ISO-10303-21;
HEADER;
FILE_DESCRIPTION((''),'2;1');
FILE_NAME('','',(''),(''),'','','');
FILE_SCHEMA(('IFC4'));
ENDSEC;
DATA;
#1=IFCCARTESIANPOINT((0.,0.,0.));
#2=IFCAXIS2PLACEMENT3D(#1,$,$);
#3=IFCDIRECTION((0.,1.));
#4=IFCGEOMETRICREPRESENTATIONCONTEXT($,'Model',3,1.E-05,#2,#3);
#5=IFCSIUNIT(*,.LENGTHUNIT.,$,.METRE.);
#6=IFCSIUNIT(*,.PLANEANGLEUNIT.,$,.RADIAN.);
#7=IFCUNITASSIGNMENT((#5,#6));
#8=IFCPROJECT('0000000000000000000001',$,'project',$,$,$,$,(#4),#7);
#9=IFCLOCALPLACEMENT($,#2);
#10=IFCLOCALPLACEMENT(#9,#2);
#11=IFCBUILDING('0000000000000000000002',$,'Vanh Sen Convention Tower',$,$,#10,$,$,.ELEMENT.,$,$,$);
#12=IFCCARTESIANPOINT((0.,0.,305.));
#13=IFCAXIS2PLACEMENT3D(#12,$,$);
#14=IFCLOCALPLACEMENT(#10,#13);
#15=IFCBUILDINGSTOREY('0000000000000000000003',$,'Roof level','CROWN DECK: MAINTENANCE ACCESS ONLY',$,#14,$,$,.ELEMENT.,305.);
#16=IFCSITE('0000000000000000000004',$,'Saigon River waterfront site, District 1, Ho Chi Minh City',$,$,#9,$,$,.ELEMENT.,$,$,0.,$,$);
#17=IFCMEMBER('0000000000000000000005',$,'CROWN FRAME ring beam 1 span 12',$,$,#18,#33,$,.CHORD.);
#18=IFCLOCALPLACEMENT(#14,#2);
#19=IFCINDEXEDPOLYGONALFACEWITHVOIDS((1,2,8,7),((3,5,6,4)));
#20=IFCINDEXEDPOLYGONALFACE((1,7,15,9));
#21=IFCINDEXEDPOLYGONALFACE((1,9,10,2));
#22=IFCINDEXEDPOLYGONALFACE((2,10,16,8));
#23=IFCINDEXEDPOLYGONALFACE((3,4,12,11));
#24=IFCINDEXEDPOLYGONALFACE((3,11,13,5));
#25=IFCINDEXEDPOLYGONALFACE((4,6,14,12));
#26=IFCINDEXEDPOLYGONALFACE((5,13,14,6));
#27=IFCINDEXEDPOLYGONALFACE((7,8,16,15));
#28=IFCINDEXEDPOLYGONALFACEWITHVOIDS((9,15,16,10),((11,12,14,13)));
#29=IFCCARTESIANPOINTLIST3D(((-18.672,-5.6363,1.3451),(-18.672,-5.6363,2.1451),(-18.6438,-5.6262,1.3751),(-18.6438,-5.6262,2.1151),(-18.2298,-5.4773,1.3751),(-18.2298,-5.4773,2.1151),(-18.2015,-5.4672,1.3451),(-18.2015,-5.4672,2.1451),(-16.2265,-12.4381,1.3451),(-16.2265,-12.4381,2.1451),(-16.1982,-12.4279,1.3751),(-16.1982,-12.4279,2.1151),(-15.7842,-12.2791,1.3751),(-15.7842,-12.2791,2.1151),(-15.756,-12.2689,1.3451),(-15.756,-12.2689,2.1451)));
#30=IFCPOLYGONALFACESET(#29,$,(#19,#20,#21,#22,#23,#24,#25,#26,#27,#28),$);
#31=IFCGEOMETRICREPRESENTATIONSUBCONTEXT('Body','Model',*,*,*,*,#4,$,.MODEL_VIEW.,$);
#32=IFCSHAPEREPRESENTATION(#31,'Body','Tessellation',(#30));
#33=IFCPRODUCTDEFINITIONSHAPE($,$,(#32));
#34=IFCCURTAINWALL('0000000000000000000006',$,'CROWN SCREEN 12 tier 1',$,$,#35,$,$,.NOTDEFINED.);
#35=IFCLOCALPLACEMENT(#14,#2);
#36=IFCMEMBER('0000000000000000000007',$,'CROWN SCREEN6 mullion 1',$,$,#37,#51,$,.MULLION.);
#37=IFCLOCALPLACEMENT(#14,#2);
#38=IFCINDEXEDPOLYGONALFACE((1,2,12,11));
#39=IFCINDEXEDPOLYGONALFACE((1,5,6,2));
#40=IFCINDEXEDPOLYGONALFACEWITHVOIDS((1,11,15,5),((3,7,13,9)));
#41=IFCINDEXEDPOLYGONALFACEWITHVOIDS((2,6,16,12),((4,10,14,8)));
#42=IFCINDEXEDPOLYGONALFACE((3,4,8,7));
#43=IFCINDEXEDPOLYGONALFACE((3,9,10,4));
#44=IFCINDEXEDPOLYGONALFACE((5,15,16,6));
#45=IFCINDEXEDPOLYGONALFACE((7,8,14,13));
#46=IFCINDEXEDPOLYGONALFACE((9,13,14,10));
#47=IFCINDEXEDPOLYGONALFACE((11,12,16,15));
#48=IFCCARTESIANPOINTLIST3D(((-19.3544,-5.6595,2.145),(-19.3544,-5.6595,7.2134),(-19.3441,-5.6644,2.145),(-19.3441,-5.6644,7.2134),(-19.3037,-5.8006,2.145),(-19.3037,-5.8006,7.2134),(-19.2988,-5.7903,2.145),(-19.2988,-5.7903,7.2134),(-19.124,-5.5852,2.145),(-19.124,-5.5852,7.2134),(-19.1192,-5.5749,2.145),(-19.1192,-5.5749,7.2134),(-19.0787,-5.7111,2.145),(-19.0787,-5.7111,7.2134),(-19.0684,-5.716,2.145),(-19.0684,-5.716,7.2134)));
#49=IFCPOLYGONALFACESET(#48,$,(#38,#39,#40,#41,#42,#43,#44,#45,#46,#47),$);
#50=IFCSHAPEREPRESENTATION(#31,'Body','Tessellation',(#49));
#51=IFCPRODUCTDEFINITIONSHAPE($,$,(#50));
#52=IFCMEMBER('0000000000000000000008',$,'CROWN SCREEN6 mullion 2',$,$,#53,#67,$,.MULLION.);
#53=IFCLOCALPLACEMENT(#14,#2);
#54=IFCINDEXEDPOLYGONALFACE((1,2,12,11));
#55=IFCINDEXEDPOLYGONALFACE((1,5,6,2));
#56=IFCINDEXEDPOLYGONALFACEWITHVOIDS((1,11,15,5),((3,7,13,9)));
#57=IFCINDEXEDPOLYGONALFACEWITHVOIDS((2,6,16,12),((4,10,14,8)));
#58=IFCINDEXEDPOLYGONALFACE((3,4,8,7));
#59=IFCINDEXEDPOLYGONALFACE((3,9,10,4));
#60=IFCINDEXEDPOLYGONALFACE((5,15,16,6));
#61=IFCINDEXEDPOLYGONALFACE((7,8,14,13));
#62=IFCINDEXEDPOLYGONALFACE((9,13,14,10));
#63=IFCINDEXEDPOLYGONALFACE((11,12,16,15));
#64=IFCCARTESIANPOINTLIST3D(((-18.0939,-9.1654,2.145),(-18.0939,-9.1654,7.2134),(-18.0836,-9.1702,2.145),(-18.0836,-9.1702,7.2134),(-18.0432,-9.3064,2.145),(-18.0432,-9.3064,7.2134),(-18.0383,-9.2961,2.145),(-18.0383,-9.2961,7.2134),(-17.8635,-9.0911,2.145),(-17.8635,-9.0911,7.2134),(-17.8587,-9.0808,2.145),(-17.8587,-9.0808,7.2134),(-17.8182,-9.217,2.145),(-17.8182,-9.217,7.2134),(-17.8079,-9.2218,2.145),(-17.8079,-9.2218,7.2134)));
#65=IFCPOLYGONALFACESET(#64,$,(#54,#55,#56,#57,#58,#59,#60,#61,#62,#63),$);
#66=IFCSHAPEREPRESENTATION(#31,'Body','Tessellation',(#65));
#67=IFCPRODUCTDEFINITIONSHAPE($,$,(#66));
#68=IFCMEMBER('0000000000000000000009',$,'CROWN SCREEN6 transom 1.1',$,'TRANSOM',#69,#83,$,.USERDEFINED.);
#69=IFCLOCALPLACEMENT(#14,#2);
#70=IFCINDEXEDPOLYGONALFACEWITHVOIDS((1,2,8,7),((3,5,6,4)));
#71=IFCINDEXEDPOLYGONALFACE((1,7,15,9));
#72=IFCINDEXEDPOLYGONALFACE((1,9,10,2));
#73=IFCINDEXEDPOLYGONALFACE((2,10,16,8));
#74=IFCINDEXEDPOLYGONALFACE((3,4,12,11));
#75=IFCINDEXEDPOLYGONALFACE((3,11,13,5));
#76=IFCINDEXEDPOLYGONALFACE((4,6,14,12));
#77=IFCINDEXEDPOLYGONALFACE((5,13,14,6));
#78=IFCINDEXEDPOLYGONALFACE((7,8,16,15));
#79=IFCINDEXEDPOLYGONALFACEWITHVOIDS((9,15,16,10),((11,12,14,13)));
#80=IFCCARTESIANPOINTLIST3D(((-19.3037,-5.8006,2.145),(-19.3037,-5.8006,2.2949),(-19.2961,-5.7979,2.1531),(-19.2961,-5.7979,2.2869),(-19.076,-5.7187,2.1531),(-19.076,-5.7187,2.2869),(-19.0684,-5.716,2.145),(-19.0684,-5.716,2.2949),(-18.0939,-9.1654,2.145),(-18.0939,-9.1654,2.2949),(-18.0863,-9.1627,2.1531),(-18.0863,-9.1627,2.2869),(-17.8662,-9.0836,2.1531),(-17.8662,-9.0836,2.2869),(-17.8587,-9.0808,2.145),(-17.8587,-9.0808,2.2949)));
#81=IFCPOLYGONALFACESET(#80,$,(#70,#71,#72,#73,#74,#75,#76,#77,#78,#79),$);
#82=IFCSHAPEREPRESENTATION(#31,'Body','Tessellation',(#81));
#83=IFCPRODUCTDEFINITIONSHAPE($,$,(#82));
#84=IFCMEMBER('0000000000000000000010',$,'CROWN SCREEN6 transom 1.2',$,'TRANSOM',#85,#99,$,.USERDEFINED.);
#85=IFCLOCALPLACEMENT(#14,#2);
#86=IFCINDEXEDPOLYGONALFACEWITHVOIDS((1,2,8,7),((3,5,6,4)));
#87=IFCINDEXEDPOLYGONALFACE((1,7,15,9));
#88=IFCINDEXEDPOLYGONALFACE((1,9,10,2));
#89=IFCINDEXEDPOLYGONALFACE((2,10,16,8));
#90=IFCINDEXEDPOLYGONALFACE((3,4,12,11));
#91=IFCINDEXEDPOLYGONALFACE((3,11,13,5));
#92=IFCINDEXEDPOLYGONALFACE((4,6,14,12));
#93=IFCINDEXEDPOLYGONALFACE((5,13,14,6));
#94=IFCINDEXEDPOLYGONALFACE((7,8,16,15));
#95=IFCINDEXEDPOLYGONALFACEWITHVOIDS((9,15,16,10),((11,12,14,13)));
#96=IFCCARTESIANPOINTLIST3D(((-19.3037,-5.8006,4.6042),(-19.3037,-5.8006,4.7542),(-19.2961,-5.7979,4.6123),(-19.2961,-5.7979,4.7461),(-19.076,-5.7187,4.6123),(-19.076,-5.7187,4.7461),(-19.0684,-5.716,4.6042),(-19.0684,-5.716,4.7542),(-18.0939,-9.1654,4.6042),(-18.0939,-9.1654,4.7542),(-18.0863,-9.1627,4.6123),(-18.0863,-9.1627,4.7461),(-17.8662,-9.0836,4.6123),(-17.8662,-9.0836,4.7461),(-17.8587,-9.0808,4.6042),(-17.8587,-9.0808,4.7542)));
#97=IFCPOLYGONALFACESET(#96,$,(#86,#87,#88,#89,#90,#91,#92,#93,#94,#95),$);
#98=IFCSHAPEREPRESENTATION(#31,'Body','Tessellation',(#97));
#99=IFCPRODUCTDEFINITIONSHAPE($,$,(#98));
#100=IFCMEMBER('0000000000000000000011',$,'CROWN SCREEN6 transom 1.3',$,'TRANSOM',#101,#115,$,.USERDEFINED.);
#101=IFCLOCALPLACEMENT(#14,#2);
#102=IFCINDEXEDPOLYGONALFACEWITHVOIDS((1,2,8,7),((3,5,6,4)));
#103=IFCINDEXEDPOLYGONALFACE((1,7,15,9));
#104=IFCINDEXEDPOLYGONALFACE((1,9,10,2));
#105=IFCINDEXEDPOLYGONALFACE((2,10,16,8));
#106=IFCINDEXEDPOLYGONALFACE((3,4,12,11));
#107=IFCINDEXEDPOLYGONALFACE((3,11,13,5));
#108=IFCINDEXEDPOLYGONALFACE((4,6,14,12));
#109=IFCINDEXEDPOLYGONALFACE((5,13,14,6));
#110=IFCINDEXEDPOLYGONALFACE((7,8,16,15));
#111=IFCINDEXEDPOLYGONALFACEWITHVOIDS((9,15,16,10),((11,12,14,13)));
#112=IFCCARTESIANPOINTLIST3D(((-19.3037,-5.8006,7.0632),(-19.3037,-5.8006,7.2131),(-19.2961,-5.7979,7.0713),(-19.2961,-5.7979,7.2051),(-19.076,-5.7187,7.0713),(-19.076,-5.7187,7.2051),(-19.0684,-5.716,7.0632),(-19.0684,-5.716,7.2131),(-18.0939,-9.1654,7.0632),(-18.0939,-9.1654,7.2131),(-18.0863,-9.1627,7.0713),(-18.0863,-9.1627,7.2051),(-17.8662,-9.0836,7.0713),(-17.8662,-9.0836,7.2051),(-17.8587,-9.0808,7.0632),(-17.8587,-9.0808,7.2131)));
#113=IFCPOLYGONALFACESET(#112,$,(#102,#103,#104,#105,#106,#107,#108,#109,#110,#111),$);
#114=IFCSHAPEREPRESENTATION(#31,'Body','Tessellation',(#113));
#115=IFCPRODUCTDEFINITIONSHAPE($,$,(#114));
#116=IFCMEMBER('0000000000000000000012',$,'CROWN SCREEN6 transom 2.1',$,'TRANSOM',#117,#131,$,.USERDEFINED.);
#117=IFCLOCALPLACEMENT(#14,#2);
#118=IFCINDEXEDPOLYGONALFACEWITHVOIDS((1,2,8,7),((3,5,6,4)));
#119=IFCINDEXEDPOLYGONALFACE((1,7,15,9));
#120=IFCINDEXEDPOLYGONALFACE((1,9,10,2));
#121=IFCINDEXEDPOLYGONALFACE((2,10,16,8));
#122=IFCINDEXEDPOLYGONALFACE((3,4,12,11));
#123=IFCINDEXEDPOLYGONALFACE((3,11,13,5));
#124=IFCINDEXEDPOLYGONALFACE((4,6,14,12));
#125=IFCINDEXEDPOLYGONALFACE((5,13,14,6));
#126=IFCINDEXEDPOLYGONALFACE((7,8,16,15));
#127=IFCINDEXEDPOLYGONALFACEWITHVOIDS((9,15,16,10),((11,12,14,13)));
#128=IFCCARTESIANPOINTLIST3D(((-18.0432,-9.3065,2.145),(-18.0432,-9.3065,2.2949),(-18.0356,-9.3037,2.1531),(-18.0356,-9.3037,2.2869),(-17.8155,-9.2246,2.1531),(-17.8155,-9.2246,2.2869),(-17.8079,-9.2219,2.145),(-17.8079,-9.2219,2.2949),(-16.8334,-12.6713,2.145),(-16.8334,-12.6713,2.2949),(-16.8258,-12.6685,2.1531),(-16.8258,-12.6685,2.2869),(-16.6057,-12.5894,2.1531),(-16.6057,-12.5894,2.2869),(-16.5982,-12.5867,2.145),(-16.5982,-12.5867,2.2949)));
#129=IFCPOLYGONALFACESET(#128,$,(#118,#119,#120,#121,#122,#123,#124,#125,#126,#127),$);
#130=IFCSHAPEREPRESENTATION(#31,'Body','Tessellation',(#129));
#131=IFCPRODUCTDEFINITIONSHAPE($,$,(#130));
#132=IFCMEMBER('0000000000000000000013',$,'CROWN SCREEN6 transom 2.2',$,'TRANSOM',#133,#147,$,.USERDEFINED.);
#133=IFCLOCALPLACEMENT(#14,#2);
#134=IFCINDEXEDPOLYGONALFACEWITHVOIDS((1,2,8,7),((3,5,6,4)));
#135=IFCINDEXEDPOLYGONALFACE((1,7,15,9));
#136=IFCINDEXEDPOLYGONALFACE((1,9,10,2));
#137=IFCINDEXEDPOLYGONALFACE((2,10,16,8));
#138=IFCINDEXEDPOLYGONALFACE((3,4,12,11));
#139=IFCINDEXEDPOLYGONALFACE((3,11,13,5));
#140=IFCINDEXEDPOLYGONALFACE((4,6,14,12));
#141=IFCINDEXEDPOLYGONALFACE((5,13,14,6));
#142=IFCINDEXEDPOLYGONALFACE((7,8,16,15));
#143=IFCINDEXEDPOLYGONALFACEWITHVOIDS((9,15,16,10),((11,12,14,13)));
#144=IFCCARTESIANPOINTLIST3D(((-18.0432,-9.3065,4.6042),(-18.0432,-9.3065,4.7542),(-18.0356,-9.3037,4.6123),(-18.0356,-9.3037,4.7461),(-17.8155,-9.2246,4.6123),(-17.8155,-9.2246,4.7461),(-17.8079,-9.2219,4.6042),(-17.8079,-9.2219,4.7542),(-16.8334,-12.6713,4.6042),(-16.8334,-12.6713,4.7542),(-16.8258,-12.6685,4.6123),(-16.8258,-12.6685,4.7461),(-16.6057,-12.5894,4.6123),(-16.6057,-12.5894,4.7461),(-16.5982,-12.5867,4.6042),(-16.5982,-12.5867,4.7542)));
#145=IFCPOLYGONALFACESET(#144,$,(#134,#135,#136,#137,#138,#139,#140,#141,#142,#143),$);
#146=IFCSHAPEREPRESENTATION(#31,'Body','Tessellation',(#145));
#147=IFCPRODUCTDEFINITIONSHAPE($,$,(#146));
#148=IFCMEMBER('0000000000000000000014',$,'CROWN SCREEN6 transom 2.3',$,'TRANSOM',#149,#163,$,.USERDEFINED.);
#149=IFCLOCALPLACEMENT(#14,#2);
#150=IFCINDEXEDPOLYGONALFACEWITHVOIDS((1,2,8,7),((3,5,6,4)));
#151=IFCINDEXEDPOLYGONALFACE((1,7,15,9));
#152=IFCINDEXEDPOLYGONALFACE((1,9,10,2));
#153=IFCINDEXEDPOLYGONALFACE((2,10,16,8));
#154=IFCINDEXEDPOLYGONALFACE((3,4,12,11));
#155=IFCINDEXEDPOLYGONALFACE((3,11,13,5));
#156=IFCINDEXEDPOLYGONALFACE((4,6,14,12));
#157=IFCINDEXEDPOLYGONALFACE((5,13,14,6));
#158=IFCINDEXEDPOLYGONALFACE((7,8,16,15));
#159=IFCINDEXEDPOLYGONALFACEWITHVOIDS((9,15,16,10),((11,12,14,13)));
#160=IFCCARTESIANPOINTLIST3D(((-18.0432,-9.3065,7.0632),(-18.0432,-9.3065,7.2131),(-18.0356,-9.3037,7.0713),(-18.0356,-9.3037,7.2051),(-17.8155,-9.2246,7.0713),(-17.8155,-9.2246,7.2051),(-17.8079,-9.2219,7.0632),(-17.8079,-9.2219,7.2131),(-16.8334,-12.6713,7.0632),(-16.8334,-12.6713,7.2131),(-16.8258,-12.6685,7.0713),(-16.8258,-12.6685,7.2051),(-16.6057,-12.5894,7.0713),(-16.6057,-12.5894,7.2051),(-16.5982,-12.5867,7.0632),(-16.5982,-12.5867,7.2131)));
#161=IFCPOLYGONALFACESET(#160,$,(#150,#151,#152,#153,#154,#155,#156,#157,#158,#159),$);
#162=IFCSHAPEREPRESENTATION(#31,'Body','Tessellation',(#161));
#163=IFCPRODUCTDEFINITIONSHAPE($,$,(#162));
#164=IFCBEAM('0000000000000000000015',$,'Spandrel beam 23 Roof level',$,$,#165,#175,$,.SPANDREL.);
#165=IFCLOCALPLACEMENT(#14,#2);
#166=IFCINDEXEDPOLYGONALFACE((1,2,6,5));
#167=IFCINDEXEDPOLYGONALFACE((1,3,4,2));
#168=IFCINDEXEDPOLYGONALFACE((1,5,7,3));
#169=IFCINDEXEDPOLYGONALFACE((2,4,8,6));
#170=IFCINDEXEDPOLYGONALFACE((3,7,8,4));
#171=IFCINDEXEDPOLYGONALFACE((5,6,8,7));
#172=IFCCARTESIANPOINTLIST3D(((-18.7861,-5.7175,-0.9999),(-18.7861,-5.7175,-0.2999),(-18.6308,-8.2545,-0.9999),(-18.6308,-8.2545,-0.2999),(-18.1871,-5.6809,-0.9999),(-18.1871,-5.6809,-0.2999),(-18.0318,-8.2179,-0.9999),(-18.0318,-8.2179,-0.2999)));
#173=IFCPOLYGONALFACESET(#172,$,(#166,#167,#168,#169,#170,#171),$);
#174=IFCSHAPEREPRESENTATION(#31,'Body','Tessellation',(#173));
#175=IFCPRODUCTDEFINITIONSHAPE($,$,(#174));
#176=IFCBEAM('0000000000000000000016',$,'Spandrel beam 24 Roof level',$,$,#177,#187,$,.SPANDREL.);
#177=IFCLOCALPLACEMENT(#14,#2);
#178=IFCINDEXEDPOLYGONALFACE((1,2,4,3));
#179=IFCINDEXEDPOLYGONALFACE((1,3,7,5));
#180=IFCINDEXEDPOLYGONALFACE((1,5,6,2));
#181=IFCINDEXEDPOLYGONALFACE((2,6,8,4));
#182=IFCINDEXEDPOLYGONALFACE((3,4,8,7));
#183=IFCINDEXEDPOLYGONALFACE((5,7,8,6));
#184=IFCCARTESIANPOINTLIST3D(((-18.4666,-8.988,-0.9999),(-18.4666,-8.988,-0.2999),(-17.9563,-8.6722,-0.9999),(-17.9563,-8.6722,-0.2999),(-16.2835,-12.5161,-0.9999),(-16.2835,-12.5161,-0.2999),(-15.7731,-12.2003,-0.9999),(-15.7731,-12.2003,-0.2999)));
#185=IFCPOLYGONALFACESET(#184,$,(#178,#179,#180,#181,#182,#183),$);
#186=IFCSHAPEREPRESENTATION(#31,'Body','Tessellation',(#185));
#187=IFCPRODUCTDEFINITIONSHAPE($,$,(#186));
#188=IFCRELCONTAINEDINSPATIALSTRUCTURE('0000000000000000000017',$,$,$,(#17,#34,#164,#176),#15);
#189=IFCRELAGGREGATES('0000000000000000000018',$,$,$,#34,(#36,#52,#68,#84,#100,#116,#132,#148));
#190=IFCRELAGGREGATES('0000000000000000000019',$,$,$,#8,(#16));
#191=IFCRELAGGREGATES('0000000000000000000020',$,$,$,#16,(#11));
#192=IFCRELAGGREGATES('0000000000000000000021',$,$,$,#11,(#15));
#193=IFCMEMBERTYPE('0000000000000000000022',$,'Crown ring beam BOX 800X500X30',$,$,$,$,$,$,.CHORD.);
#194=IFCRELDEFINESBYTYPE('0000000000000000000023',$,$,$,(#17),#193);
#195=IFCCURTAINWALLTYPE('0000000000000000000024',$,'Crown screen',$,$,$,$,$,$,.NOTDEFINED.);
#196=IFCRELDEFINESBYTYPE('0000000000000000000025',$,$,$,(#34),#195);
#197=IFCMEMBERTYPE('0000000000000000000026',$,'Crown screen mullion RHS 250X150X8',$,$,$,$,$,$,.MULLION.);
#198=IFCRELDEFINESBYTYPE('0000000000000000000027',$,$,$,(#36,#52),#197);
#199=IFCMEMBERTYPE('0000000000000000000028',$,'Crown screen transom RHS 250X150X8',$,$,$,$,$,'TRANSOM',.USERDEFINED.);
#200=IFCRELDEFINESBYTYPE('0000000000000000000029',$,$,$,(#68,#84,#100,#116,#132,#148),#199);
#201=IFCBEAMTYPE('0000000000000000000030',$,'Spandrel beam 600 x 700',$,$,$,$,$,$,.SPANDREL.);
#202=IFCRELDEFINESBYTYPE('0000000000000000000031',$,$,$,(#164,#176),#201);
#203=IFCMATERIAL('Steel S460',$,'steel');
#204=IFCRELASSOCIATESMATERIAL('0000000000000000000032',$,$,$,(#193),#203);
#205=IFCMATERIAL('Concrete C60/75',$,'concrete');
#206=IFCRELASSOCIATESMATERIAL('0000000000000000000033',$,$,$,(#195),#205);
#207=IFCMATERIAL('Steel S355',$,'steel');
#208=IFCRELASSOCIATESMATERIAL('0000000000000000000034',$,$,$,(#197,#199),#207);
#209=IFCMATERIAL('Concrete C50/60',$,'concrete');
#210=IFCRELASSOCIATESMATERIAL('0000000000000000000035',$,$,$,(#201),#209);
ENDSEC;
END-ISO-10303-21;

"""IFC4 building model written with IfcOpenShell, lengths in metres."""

from ifc_helpers import new_model, si_unit, direction, frame, origin, origin_2d, place, context, subcontext, project, spatial, rectangle, hollow_rectangle, extrude, material, material_profile, profile_set, type_object, element, aggregate, save


model = new_model("IFC4")

# Units and contexts
model_context = context("Model", 3, precision=1e-05, world=origin(), true_north=direction((0.0, 1.0)))
body_context = subcontext(model_context, "Body", "Model", "MODEL_VIEW")
ifc_project = project(units=[si_unit("LENGTHUNIT", "METRE"), si_unit("PLANEANGLEUNIT", "RADIAN")], contexts=[model_context])

# Site, building, storey
site_placement = place(None, origin())
site = spatial("IfcSite", under=ifc_project, at=site_placement, Name="Saigon River waterfront site, District 1, Ho Chi Minh City", CompositionType="ELEMENT", RefElevation=0.0)
building_placement = place(site_placement, origin())
building = spatial("IfcBuilding", under=site, at=building_placement, Name="Vanh Sen Convention Tower", CompositionType="ELEMENT")
storey_placement = place(building_placement, frame((0.0, 0.0, 305.0)))
storey = spatial("IfcBuildingStorey", under=building, at=storey_placement, Name="Roof level", Description="CROWN DECK: MAINTENANCE ACCESS ONLY", CompositionType="ELEMENT", Elevation=305.0)

# Member
ifc_material_1 = material(Name="Steel S460", Category="steel")
ifc_material_profile_1 = material_profile(ifc_material_1, hollow_rectangle(XDim=0.5, YDim=0.8, WallThickness=0.03, at=origin_2d()), Name="BOX 800X500X30")
ifc_profile_set_1 = profile_set([ifc_material_profile_1], Name="Steel S460")
member_type_1 = type_object("IfcMemberType", Name="Crown ring beam BOX 800X500X30", PredefinedType="CHORD", material=ifc_profile_set_1)
member_1_placement = place(storey_placement, frame((-18.4368, -5.5518, 1.7451), z_axis=(0.338343, -0.941023, 0.0), x_axis=(0.941023, 0.338343, 0.0)))
element("IfcMember", 1, at=member_1_placement, inside=storey, type_object=member_type_1, Name="CROWN FRAME ring beam 1 span 12", PredefinedType="CHORD", context=body_context, shape_type="SweptSolid", body=[
    extrude(hollow_rectangle(XDim=0.5, YDim=0.8, WallThickness=0.03, at=origin_2d()), origin(), (0.0, 0.0, 1.0), 7.228),
])

# Curtain wall, members
ifc_material_2 = material(Name="Concrete C60/75", Category="concrete")
curtain_wall_type = type_object("IfcCurtainWallType", Name="Crown screen", PredefinedType="NOTDEFINED", material=ifc_material_2)
curtain_wall_placement = place(storey_placement, origin())
curtain_wall = element("IfcCurtainWall", 2, at=curtain_wall_placement, inside=storey, type_object=curtain_wall_type, Name="CROWN SCREEN 12 tier 1", PredefinedType="NOTDEFINED")
ifc_material_3 = material(Name="Steel S355", Category="steel")
ifc_material_profile_2 = material_profile(ifc_material_3, hollow_rectangle(XDim=0.25, YDim=0.1499, WallThickness=0.0081, at=origin_2d()), Name="RHS 250X150X8")
ifc_profile_set_2 = profile_set([ifc_material_profile_2], Name="Steel S355")
member_type_2 = type_object("IfcMemberType", Name="Crown screen mullion RHS 250X150X8", PredefinedType="MULLION", material=ifc_profile_set_2)
member_2_placement = place(storey_placement, frame((-19.2114, -5.6877, 2.145), z_axis=(0.0, 0.0, 1.0), x_axis=(0.941021, 0.338349, 0.0)))
member_2 = element("IfcMember", 3, at=member_2_placement, type_object=member_type_2, Name="CROWN SCREEN6 mullion 1", PredefinedType="MULLION", context=body_context, shape_type="SweptSolid", body=[
    extrude(hollow_rectangle(XDim=0.25, YDim=0.1499, WallThickness=0.0081, at=origin_2d()), origin(), (0.0, 0.0, 1.0), 5.0684),
])
member_3_placement = place(storey_placement, frame((-17.9509, -9.1936, 2.145), z_axis=(0.0, 0.0, 1.0), x_axis=(0.941021, 0.338349, 0.0)))
member_3 = element("IfcMember", 4, at=member_3_placement, type_object=member_type_2, Name="CROWN SCREEN6 mullion 2", PredefinedType="MULLION", context=body_context, shape_type="SweptSolid", body=[
    extrude(hollow_rectangle(XDim=0.25, YDim=0.1499, WallThickness=0.0081, at=origin_2d()), origin(), (0.0, 0.0, 1.0), 5.0684),
])
ifc_material_profile_3 = material_profile(ifc_material_3, hollow_rectangle(XDim=0.25, YDim=0.1499, WallThickness=0.0081, at=origin_2d()), Name="RHS 250X150X8")
ifc_profile_set_3 = profile_set([ifc_material_profile_3], Name="Steel S355")
member_type_3 = type_object("IfcMemberType", Name="Crown screen transom RHS 250X150X8", ElementType="TRANSOM", PredefinedType="USERDEFINED", material=ifc_profile_set_3)
member_4_placement = place(storey_placement, frame((-19.186, -5.7583, 2.22), z_axis=(0.338325, -0.941029, 0.0), x_axis=(0.941029, 0.338325, 0.0)))
member_4 = element("IfcMember", 5, at=member_4_placement, type_object=member_type_3, Name="CROWN SCREEN6 transom 1.1", ObjectType="TRANSOM", PredefinedType="USERDEFINED", context=body_context, shape_type="SweptSolid", body=[
    extrude(hollow_rectangle(XDim=0.25, YDim=0.1499, WallThickness=0.0081, at=origin_2d()), origin(), (0.0, 0.0, 1.0), 3.5757),
])
member_5_placement = place(storey_placement, frame((-19.186, -5.7583, 4.6792), z_axis=(0.338325, -0.941029, 0.0), x_axis=(0.941029, 0.338325, 0.0)))
member_5 = element("IfcMember", 6, at=member_5_placement, type_object=member_type_3, Name="CROWN SCREEN6 transom 1.2", ObjectType="TRANSOM", PredefinedType="USERDEFINED", context=body_context, shape_type="SweptSolid", body=[
    extrude(hollow_rectangle(XDim=0.25, YDim=0.1499, WallThickness=0.0081, at=origin_2d()), origin(), (0.0, 0.0, 1.0), 3.5757),
])
member_6_placement = place(storey_placement, frame((-19.186, -5.7583, 7.1382), z_axis=(0.338325, -0.941029, 0.0), x_axis=(0.941029, 0.338325, 0.0)))
member_6 = element("IfcMember", 7, at=member_6_placement, type_object=member_type_3, Name="CROWN SCREEN6 transom 1.3", ObjectType="TRANSOM", PredefinedType="USERDEFINED", context=body_context, shape_type="SweptSolid", body=[
    extrude(hollow_rectangle(XDim=0.25, YDim=0.1499, WallThickness=0.0081, at=origin_2d()), origin(), (0.0, 0.0, 1.0), 3.5757),
])
member_7_placement = place(storey_placement, frame((-17.9255, -9.2642, 2.22), z_axis=(0.338325, -0.941029, 0.0), x_axis=(0.941029, 0.338325, 0.0)))
member_7 = element("IfcMember", 8, at=member_7_placement, type_object=member_type_3, Name="CROWN SCREEN6 transom 2.1", ObjectType="TRANSOM", PredefinedType="USERDEFINED", context=body_context, shape_type="SweptSolid", body=[
    extrude(hollow_rectangle(XDim=0.25, YDim=0.1499, WallThickness=0.0081, at=origin_2d()), origin(), (0.0, 0.0, 1.0), 3.5757),
])
member_8_placement = place(storey_placement, frame((-17.9255, -9.2642, 4.6792), z_axis=(0.338325, -0.941029, 0.0), x_axis=(0.941029, 0.338325, 0.0)))
member_8 = element("IfcMember", 9, at=member_8_placement, type_object=member_type_3, Name="CROWN SCREEN6 transom 2.2", ObjectType="TRANSOM", PredefinedType="USERDEFINED", context=body_context, shape_type="SweptSolid", body=[
    extrude(hollow_rectangle(XDim=0.25, YDim=0.1499, WallThickness=0.0081, at=origin_2d()), origin(), (0.0, 0.0, 1.0), 3.5757),
])
member_9_placement = place(storey_placement, frame((-17.9255, -9.2642, 7.1382), z_axis=(0.338325, -0.941029, 0.0), x_axis=(0.941029, 0.338325, 0.0)))
member_9 = element("IfcMember", 10, at=member_9_placement, type_object=member_type_3, Name="CROWN SCREEN6 transom 2.3", ObjectType="TRANSOM", PredefinedType="USERDEFINED", context=body_context, shape_type="SweptSolid", body=[
    extrude(hollow_rectangle(XDim=0.25, YDim=0.1499, WallThickness=0.0081, at=origin_2d()), origin(), (0.0, 0.0, 1.0), 3.5757),
])

# Beams
ifc_material_4 = material(Name="Concrete C50/60", Category="concrete")
ifc_material_profile_4 = material_profile(ifc_material_4, rectangle(XDim=0.6001, YDim=0.7, at=origin_2d()), Name="RC 600X700")
ifc_profile_set_4 = profile_set([ifc_material_profile_4], Name="Concrete C50/60")
beam_type = type_object("IfcBeamType", Name="Spandrel beam 600 x 700", PredefinedType="SPANDREL", material=ifc_profile_set_4)
beam_1_placement = place(storey_placement, frame((-18.4866, -5.6992, -0.6499), z_axis=(0.061087, -0.998132, 0.0), x_axis=(0.998132, 0.061087, 0.0)))
element("IfcBeam", 11, at=beam_1_placement, inside=storey, type_object=beam_type, Name="Spandrel beam 23 Roof level", PredefinedType="SPANDREL", context=body_context, shape_type="SweptSolid", body=[
    extrude(rectangle(XDim=0.6001, YDim=0.7, at=origin_2d()), origin(), (0.0, 0.0, 1.0), 2.5417),
])
beam_2_placement = place(storey_placement, frame((-18.2114, -8.8301, -0.6499), z_axis=(0.526191, -0.850367, 0.0), x_axis=(0.850367, 0.526191, 0.0)))
element("IfcBeam", 12, at=beam_2_placement, inside=storey, type_object=beam_type, Name="Spandrel beam 24 Roof level", PredefinedType="SPANDREL", context=body_context, shape_type="SweptSolid", body=[
    extrude(rectangle(XDim=0.6001, YDim=0.7, at=origin_2d()), origin(), (0.0, 0.0, 1.0), 4.1489),
])

aggregate(curtain_wall, [member_2, member_3, member_4, member_5, member_6, member_7, member_8, member_9])

save(model, "model.ifc")
